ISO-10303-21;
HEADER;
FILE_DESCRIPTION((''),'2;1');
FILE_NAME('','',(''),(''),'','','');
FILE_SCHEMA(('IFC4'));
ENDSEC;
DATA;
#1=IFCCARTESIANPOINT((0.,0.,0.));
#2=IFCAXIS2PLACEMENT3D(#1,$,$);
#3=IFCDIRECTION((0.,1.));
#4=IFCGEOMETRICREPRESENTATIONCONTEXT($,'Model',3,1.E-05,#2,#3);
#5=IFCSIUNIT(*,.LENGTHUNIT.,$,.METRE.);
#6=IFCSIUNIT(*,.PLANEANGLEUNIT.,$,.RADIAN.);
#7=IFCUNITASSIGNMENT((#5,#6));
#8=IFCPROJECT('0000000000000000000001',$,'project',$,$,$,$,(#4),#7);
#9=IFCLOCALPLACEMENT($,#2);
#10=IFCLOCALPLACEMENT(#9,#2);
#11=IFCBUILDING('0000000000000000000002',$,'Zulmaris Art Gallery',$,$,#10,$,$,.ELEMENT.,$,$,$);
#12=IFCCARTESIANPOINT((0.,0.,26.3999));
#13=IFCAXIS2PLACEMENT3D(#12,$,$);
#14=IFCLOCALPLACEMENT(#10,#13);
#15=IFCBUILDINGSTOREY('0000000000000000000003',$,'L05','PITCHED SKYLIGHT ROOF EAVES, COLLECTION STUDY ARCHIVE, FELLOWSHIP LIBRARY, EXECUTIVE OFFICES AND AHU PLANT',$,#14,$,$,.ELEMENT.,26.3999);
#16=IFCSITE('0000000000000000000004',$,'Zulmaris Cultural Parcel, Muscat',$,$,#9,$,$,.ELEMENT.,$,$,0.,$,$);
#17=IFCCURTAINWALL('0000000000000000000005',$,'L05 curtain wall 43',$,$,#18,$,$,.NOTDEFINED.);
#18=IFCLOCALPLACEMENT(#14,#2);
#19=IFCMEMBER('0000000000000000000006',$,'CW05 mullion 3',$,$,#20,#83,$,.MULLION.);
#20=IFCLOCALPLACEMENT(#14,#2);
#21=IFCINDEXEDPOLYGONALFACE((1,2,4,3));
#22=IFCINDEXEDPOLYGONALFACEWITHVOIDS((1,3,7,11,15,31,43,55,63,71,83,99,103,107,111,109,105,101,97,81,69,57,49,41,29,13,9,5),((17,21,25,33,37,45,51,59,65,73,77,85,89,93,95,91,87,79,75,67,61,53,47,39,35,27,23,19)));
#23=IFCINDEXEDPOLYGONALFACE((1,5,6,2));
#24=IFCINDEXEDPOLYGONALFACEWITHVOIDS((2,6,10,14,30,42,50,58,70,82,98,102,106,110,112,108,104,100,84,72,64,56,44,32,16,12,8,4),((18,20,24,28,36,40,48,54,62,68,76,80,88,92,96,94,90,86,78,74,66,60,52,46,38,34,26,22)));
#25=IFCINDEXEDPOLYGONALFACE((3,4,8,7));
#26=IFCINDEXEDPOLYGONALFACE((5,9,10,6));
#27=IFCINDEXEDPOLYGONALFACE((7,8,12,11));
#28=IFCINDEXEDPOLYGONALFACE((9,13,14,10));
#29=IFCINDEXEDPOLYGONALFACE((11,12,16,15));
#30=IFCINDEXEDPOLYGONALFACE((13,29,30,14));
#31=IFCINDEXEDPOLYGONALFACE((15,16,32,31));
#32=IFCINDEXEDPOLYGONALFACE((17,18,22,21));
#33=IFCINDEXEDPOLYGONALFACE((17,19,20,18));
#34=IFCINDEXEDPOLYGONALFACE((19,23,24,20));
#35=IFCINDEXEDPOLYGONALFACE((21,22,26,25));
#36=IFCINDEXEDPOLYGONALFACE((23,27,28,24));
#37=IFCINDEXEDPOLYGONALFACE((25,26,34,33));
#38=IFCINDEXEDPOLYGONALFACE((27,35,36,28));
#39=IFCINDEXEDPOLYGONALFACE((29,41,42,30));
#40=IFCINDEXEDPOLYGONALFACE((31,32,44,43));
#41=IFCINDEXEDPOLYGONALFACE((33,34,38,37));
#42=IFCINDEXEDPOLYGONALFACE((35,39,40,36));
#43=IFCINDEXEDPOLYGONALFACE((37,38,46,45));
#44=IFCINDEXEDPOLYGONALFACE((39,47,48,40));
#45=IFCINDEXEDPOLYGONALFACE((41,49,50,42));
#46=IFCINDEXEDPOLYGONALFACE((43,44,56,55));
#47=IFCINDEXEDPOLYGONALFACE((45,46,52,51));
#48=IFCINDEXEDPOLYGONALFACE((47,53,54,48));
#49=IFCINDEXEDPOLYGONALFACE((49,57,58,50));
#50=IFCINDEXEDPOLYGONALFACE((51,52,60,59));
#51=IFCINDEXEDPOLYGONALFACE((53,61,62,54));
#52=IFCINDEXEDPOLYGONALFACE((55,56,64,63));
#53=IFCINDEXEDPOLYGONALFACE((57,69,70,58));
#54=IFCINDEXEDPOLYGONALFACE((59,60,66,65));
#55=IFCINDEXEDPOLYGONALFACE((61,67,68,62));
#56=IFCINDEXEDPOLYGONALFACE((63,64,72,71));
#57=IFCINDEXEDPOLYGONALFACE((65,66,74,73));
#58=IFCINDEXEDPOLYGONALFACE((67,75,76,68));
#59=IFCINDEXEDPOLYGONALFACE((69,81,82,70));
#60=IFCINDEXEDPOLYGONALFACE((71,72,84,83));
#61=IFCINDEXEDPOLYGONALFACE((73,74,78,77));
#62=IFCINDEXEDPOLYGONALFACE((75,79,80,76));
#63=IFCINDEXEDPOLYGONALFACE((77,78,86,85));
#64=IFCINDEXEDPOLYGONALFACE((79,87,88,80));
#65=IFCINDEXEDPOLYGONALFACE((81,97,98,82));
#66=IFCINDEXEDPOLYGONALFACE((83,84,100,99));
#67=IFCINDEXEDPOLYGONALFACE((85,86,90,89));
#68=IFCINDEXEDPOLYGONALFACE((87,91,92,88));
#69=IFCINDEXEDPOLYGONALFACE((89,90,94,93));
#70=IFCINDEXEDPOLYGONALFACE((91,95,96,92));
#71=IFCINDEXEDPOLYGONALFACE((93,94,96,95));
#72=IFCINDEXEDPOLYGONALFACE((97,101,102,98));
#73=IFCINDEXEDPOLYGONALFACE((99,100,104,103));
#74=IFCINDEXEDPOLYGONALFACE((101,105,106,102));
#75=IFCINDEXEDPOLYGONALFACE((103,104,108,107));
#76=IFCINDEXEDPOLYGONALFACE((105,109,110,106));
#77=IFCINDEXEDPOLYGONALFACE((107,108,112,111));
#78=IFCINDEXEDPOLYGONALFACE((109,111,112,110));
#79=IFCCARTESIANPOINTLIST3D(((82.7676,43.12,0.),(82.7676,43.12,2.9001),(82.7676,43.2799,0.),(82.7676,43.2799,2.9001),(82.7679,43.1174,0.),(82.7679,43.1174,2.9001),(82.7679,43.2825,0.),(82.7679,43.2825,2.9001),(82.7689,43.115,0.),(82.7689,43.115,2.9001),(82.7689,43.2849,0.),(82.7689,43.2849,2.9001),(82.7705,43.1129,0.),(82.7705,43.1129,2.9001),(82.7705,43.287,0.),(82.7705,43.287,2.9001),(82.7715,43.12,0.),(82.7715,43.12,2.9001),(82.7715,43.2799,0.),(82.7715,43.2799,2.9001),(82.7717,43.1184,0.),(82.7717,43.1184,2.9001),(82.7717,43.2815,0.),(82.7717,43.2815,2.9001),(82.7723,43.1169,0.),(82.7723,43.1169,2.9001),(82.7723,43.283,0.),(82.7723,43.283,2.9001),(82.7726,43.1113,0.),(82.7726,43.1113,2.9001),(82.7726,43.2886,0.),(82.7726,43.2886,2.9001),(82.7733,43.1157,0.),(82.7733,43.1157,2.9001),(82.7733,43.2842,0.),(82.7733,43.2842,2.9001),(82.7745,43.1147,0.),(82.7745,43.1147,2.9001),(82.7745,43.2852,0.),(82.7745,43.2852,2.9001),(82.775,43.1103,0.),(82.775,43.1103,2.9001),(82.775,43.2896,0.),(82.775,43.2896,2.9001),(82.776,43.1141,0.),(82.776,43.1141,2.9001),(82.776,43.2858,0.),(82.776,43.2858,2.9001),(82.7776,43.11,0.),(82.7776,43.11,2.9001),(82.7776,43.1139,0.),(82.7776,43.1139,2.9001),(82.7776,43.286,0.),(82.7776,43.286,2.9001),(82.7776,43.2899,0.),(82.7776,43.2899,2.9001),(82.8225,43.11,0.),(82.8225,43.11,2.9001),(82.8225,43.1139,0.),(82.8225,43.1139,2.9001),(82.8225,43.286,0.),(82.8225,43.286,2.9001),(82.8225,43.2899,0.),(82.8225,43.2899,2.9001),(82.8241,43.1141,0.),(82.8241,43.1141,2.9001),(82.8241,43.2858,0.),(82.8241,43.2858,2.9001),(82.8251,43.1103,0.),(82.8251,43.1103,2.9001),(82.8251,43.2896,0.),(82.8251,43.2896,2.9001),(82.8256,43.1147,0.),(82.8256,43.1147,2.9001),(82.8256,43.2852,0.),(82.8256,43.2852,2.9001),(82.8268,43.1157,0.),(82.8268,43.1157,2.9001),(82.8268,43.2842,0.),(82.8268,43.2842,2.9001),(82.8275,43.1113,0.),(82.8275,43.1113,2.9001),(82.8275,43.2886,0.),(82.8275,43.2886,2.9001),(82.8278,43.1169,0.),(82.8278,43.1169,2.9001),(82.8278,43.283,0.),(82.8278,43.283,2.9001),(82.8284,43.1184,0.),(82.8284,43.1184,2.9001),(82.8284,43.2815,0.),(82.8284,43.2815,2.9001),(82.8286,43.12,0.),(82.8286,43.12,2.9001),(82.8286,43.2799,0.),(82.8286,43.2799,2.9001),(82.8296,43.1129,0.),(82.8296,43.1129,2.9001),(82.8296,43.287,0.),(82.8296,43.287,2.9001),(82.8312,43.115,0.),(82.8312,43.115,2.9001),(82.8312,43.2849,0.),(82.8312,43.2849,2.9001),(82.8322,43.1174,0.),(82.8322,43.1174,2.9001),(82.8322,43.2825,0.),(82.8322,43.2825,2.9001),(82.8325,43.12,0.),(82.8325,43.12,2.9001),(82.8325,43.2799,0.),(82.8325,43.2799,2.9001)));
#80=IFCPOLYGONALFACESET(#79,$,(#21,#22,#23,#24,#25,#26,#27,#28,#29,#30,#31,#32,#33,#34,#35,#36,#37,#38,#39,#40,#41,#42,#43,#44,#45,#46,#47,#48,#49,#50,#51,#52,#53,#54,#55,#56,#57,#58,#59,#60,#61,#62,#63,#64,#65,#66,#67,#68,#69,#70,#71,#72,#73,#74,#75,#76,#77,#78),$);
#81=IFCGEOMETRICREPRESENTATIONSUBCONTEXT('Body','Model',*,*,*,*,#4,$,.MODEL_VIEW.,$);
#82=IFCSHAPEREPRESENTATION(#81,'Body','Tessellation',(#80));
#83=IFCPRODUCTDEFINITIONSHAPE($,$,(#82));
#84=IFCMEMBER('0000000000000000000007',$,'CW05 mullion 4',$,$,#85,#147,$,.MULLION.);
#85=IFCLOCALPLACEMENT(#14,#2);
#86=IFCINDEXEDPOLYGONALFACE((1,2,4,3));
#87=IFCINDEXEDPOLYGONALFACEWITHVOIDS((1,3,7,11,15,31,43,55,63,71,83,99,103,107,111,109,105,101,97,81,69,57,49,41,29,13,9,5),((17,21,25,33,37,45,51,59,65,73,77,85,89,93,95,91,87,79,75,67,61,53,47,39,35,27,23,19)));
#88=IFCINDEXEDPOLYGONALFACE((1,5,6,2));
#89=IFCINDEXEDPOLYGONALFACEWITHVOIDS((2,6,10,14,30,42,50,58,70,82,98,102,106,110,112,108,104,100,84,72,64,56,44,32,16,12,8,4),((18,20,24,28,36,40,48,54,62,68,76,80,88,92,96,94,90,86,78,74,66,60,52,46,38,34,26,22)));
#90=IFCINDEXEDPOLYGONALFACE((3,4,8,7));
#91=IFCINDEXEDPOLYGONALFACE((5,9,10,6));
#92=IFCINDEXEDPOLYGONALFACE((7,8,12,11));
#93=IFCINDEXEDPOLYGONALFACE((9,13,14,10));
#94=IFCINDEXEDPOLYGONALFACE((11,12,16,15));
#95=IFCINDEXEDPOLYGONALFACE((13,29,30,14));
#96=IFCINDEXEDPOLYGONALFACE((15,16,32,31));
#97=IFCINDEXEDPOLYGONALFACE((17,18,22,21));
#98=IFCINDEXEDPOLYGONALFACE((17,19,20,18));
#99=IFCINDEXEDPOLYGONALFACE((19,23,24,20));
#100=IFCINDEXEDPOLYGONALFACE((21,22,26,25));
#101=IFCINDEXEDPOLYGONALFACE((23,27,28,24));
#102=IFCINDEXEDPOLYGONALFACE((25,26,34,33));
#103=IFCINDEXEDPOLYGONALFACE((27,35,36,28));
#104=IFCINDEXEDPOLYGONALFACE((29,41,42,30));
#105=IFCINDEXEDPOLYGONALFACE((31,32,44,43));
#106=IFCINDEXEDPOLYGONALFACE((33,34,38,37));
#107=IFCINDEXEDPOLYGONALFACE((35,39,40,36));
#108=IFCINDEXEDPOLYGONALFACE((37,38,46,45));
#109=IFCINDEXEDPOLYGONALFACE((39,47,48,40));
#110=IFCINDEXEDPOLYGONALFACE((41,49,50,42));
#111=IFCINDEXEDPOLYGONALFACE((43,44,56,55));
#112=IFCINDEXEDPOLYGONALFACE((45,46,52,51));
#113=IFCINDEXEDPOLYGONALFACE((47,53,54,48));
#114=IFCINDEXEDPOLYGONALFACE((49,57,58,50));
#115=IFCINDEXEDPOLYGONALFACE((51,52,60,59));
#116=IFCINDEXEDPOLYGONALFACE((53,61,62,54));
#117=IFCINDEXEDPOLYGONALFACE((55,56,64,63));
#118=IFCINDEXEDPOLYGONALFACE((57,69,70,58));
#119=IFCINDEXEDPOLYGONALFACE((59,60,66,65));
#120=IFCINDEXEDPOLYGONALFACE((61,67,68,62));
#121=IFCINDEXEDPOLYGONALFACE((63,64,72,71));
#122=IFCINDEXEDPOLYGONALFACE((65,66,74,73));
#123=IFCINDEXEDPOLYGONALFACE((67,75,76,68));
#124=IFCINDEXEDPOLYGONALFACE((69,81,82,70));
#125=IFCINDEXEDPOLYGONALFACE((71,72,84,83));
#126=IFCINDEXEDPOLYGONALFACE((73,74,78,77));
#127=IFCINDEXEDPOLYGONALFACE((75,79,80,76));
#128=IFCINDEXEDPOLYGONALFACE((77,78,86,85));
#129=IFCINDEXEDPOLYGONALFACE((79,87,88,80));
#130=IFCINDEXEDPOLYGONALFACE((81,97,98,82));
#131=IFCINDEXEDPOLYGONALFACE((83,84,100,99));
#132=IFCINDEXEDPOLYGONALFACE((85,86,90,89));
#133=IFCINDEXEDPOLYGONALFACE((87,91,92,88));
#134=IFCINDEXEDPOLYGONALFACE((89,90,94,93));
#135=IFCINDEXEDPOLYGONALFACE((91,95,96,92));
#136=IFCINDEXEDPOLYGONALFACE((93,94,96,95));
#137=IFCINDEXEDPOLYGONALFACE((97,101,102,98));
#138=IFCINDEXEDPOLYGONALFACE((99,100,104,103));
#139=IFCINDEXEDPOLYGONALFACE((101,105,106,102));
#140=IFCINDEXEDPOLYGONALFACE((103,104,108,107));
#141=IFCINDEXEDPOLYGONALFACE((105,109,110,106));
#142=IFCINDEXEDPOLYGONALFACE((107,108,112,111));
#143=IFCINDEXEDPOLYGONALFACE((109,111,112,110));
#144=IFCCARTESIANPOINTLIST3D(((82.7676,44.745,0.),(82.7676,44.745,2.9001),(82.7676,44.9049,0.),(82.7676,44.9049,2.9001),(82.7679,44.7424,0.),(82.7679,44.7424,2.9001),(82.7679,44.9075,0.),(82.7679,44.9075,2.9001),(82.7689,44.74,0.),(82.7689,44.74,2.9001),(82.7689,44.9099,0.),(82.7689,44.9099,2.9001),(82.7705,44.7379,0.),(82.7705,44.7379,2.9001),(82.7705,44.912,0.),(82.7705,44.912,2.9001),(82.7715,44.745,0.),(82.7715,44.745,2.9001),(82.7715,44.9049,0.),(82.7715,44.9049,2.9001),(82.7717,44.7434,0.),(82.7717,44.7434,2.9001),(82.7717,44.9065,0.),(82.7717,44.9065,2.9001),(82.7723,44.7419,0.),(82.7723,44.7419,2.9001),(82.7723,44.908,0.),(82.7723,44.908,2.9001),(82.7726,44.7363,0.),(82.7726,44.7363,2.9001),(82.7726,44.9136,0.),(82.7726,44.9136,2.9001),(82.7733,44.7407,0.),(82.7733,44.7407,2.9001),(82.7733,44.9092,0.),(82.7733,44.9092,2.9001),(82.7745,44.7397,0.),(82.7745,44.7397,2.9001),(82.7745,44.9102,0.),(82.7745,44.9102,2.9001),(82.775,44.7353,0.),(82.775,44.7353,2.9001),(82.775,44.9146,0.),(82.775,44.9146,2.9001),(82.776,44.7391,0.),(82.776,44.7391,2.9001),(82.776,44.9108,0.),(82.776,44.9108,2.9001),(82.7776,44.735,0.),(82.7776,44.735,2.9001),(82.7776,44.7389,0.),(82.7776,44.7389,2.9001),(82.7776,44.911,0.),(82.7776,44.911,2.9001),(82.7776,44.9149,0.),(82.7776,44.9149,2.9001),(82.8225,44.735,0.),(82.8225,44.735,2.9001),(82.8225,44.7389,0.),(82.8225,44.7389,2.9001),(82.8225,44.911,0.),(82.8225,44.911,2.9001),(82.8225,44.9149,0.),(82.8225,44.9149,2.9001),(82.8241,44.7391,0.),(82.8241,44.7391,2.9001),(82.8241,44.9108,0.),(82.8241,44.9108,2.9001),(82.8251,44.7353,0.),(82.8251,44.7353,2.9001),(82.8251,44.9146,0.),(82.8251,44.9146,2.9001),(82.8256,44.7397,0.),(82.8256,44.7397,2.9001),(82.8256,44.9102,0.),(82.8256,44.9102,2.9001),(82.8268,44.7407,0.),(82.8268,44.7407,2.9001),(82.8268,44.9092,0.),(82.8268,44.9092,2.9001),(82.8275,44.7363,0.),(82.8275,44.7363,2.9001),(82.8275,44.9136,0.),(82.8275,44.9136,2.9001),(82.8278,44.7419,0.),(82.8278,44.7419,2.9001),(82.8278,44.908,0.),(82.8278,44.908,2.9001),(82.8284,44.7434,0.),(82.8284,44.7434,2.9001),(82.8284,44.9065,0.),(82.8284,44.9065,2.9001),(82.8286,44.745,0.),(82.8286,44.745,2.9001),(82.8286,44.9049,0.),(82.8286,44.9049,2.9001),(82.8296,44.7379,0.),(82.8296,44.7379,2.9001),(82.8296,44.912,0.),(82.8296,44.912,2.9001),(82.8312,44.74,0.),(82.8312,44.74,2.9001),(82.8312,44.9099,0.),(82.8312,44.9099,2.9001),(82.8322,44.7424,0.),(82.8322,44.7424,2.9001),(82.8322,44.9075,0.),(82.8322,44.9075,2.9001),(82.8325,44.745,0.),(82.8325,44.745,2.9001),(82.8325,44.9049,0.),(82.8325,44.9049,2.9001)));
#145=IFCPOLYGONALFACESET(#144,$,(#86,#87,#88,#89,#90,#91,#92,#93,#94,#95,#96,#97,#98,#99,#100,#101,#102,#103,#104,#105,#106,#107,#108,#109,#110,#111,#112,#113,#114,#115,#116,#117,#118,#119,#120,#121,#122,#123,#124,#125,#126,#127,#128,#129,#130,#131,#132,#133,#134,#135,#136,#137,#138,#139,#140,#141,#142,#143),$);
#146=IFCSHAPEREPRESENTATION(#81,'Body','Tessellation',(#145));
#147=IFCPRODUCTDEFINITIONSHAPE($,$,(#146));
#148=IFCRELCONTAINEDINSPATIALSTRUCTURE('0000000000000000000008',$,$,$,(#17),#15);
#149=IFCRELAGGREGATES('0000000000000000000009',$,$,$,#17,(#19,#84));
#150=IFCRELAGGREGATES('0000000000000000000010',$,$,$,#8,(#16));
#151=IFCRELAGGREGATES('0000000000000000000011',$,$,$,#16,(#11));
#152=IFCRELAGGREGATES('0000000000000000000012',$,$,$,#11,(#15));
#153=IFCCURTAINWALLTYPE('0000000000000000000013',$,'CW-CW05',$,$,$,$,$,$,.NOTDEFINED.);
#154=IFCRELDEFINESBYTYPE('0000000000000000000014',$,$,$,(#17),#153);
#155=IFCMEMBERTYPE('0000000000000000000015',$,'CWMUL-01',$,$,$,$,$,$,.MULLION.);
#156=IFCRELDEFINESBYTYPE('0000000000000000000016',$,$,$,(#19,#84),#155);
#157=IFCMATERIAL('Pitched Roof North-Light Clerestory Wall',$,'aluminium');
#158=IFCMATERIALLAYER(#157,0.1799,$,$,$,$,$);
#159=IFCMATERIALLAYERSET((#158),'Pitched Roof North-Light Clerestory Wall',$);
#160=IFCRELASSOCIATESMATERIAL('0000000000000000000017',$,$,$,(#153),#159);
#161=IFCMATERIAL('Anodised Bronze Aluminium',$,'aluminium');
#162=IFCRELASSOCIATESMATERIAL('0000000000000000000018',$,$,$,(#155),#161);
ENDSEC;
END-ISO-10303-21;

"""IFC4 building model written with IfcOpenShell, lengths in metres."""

from ifc_helpers import new_model, si_unit, direction, frame, origin, origin_2d, place, context, subcontext, project, spatial, hollow_rectangle, extrude, material, layer, layer_set, material_profile, profile_set, type_object, element, aggregate, save


model = new_model("IFC4")

# Units and contexts
model_context = context("Model", 3, precision=1e-05, world=origin(), true_north=direction((0.0, 1.0)))
body_context = subcontext(model_context, "Body", "Model", "MODEL_VIEW")
ifc_project = project(units=[si_unit("LENGTHUNIT", "METRE"), si_unit("PLANEANGLEUNIT", "RADIAN")], contexts=[model_context])

# Site, building, storey
site_placement = place(None, origin())
site = spatial("IfcSite", under=ifc_project, at=site_placement, Name="Zulmaris Cultural Parcel, Muscat", CompositionType="ELEMENT", RefElevation=0.0)
building_placement = place(site_placement, origin())
building = spatial("IfcBuilding", under=site, at=building_placement, Name="Zulmaris Art Gallery", CompositionType="ELEMENT")
storey_placement = place(building_placement, frame((0.0, 0.0, 26.3999)))
storey = spatial("IfcBuildingStorey", under=building, at=storey_placement, Name="L05", Description="PITCHED SKYLIGHT ROOF EAVES, COLLECTION STUDY ARCHIVE, FELLOWSHIP LIBRARY, EXECUTIVE OFFICES AND AHU PLANT", CompositionType="ELEMENT", Elevation=26.3999)

# Curtain wall, members
ifc_material_1 = material(Name="Pitched Roof North-Light Clerestory Wall", Category="aluminium")
ifc_layer_1 = layer(ifc_material_1, 0.1799)
ifc_layer_set_1 = layer_set([ifc_layer_1], Name="Pitched Roof North-Light Clerestory Wall")
curtain_wall_type = type_object("IfcCurtainWallType", Name="CW-CW05", PredefinedType="NOTDEFINED", material=ifc_layer_set_1)
curtain_wall_placement = place(storey_placement, origin())
curtain_wall = element("IfcCurtainWall", 1, at=curtain_wall_placement, inside=storey, type_object=curtain_wall_type, Name="L05 curtain wall 43", PredefinedType="NOTDEFINED")
ifc_material_2 = material(Name="Anodised Bronze Aluminium", Category="aluminium")
ifc_material_profile_1 = material_profile(ifc_material_2, hollow_rectangle(XDim=0.0649, YDim=0.1799, WallThickness=0.0039, InnerFilletRadius=0.0061, OuterFilletRadius=0.01, at=origin_2d()), Name="ALU 65x180x4")
ifc_profile_set_1 = profile_set([ifc_material_profile_1], Name="Anodised Bronze Aluminium")
member_type_1 = type_object("IfcMemberType", Name="CWMUL-01", PredefinedType="MULLION", material=ifc_profile_set_1)
member_1_placement = place(storey_placement, frame((82.8, 43.2, 0.0), z_axis=(0.0, 0.0, 1.0), x_axis=(-1.0, 0.0, 0.0)))
member_1 = element("IfcMember", 2, at=member_1_placement, type_object=member_type_1, Name="CW05 mullion 3", PredefinedType="MULLION", context=body_context, shape_type="SweptSolid", body=[
    extrude(hollow_rectangle(XDim=0.0649, YDim=0.1799, WallThickness=0.0039, InnerFilletRadius=0.0061, OuterFilletRadius=0.01, at=origin_2d()), origin(), (0.0, 0.0, 1.0), 2.9001),
])
member_2_placement = place(storey_placement, frame((82.8, 44.825, 0.0), z_axis=(0.0, 0.0, 1.0), x_axis=(-1.0, 0.0, 0.0)))
member_2 = element("IfcMember", 3, at=member_2_placement, type_object=member_type_1, Name="CW05 mullion 4", PredefinedType="MULLION", context=body_context, shape_type="SweptSolid", body=[
    extrude(hollow_rectangle(XDim=0.0649, YDim=0.1799, WallThickness=0.0039, InnerFilletRadius=0.0061, OuterFilletRadius=0.01, at=origin_2d()), origin(), (0.0, 0.0, 1.0), 2.9001),
])
aggregate(curtain_wall, [member_1, member_2])

save(model, "model.ifc")
